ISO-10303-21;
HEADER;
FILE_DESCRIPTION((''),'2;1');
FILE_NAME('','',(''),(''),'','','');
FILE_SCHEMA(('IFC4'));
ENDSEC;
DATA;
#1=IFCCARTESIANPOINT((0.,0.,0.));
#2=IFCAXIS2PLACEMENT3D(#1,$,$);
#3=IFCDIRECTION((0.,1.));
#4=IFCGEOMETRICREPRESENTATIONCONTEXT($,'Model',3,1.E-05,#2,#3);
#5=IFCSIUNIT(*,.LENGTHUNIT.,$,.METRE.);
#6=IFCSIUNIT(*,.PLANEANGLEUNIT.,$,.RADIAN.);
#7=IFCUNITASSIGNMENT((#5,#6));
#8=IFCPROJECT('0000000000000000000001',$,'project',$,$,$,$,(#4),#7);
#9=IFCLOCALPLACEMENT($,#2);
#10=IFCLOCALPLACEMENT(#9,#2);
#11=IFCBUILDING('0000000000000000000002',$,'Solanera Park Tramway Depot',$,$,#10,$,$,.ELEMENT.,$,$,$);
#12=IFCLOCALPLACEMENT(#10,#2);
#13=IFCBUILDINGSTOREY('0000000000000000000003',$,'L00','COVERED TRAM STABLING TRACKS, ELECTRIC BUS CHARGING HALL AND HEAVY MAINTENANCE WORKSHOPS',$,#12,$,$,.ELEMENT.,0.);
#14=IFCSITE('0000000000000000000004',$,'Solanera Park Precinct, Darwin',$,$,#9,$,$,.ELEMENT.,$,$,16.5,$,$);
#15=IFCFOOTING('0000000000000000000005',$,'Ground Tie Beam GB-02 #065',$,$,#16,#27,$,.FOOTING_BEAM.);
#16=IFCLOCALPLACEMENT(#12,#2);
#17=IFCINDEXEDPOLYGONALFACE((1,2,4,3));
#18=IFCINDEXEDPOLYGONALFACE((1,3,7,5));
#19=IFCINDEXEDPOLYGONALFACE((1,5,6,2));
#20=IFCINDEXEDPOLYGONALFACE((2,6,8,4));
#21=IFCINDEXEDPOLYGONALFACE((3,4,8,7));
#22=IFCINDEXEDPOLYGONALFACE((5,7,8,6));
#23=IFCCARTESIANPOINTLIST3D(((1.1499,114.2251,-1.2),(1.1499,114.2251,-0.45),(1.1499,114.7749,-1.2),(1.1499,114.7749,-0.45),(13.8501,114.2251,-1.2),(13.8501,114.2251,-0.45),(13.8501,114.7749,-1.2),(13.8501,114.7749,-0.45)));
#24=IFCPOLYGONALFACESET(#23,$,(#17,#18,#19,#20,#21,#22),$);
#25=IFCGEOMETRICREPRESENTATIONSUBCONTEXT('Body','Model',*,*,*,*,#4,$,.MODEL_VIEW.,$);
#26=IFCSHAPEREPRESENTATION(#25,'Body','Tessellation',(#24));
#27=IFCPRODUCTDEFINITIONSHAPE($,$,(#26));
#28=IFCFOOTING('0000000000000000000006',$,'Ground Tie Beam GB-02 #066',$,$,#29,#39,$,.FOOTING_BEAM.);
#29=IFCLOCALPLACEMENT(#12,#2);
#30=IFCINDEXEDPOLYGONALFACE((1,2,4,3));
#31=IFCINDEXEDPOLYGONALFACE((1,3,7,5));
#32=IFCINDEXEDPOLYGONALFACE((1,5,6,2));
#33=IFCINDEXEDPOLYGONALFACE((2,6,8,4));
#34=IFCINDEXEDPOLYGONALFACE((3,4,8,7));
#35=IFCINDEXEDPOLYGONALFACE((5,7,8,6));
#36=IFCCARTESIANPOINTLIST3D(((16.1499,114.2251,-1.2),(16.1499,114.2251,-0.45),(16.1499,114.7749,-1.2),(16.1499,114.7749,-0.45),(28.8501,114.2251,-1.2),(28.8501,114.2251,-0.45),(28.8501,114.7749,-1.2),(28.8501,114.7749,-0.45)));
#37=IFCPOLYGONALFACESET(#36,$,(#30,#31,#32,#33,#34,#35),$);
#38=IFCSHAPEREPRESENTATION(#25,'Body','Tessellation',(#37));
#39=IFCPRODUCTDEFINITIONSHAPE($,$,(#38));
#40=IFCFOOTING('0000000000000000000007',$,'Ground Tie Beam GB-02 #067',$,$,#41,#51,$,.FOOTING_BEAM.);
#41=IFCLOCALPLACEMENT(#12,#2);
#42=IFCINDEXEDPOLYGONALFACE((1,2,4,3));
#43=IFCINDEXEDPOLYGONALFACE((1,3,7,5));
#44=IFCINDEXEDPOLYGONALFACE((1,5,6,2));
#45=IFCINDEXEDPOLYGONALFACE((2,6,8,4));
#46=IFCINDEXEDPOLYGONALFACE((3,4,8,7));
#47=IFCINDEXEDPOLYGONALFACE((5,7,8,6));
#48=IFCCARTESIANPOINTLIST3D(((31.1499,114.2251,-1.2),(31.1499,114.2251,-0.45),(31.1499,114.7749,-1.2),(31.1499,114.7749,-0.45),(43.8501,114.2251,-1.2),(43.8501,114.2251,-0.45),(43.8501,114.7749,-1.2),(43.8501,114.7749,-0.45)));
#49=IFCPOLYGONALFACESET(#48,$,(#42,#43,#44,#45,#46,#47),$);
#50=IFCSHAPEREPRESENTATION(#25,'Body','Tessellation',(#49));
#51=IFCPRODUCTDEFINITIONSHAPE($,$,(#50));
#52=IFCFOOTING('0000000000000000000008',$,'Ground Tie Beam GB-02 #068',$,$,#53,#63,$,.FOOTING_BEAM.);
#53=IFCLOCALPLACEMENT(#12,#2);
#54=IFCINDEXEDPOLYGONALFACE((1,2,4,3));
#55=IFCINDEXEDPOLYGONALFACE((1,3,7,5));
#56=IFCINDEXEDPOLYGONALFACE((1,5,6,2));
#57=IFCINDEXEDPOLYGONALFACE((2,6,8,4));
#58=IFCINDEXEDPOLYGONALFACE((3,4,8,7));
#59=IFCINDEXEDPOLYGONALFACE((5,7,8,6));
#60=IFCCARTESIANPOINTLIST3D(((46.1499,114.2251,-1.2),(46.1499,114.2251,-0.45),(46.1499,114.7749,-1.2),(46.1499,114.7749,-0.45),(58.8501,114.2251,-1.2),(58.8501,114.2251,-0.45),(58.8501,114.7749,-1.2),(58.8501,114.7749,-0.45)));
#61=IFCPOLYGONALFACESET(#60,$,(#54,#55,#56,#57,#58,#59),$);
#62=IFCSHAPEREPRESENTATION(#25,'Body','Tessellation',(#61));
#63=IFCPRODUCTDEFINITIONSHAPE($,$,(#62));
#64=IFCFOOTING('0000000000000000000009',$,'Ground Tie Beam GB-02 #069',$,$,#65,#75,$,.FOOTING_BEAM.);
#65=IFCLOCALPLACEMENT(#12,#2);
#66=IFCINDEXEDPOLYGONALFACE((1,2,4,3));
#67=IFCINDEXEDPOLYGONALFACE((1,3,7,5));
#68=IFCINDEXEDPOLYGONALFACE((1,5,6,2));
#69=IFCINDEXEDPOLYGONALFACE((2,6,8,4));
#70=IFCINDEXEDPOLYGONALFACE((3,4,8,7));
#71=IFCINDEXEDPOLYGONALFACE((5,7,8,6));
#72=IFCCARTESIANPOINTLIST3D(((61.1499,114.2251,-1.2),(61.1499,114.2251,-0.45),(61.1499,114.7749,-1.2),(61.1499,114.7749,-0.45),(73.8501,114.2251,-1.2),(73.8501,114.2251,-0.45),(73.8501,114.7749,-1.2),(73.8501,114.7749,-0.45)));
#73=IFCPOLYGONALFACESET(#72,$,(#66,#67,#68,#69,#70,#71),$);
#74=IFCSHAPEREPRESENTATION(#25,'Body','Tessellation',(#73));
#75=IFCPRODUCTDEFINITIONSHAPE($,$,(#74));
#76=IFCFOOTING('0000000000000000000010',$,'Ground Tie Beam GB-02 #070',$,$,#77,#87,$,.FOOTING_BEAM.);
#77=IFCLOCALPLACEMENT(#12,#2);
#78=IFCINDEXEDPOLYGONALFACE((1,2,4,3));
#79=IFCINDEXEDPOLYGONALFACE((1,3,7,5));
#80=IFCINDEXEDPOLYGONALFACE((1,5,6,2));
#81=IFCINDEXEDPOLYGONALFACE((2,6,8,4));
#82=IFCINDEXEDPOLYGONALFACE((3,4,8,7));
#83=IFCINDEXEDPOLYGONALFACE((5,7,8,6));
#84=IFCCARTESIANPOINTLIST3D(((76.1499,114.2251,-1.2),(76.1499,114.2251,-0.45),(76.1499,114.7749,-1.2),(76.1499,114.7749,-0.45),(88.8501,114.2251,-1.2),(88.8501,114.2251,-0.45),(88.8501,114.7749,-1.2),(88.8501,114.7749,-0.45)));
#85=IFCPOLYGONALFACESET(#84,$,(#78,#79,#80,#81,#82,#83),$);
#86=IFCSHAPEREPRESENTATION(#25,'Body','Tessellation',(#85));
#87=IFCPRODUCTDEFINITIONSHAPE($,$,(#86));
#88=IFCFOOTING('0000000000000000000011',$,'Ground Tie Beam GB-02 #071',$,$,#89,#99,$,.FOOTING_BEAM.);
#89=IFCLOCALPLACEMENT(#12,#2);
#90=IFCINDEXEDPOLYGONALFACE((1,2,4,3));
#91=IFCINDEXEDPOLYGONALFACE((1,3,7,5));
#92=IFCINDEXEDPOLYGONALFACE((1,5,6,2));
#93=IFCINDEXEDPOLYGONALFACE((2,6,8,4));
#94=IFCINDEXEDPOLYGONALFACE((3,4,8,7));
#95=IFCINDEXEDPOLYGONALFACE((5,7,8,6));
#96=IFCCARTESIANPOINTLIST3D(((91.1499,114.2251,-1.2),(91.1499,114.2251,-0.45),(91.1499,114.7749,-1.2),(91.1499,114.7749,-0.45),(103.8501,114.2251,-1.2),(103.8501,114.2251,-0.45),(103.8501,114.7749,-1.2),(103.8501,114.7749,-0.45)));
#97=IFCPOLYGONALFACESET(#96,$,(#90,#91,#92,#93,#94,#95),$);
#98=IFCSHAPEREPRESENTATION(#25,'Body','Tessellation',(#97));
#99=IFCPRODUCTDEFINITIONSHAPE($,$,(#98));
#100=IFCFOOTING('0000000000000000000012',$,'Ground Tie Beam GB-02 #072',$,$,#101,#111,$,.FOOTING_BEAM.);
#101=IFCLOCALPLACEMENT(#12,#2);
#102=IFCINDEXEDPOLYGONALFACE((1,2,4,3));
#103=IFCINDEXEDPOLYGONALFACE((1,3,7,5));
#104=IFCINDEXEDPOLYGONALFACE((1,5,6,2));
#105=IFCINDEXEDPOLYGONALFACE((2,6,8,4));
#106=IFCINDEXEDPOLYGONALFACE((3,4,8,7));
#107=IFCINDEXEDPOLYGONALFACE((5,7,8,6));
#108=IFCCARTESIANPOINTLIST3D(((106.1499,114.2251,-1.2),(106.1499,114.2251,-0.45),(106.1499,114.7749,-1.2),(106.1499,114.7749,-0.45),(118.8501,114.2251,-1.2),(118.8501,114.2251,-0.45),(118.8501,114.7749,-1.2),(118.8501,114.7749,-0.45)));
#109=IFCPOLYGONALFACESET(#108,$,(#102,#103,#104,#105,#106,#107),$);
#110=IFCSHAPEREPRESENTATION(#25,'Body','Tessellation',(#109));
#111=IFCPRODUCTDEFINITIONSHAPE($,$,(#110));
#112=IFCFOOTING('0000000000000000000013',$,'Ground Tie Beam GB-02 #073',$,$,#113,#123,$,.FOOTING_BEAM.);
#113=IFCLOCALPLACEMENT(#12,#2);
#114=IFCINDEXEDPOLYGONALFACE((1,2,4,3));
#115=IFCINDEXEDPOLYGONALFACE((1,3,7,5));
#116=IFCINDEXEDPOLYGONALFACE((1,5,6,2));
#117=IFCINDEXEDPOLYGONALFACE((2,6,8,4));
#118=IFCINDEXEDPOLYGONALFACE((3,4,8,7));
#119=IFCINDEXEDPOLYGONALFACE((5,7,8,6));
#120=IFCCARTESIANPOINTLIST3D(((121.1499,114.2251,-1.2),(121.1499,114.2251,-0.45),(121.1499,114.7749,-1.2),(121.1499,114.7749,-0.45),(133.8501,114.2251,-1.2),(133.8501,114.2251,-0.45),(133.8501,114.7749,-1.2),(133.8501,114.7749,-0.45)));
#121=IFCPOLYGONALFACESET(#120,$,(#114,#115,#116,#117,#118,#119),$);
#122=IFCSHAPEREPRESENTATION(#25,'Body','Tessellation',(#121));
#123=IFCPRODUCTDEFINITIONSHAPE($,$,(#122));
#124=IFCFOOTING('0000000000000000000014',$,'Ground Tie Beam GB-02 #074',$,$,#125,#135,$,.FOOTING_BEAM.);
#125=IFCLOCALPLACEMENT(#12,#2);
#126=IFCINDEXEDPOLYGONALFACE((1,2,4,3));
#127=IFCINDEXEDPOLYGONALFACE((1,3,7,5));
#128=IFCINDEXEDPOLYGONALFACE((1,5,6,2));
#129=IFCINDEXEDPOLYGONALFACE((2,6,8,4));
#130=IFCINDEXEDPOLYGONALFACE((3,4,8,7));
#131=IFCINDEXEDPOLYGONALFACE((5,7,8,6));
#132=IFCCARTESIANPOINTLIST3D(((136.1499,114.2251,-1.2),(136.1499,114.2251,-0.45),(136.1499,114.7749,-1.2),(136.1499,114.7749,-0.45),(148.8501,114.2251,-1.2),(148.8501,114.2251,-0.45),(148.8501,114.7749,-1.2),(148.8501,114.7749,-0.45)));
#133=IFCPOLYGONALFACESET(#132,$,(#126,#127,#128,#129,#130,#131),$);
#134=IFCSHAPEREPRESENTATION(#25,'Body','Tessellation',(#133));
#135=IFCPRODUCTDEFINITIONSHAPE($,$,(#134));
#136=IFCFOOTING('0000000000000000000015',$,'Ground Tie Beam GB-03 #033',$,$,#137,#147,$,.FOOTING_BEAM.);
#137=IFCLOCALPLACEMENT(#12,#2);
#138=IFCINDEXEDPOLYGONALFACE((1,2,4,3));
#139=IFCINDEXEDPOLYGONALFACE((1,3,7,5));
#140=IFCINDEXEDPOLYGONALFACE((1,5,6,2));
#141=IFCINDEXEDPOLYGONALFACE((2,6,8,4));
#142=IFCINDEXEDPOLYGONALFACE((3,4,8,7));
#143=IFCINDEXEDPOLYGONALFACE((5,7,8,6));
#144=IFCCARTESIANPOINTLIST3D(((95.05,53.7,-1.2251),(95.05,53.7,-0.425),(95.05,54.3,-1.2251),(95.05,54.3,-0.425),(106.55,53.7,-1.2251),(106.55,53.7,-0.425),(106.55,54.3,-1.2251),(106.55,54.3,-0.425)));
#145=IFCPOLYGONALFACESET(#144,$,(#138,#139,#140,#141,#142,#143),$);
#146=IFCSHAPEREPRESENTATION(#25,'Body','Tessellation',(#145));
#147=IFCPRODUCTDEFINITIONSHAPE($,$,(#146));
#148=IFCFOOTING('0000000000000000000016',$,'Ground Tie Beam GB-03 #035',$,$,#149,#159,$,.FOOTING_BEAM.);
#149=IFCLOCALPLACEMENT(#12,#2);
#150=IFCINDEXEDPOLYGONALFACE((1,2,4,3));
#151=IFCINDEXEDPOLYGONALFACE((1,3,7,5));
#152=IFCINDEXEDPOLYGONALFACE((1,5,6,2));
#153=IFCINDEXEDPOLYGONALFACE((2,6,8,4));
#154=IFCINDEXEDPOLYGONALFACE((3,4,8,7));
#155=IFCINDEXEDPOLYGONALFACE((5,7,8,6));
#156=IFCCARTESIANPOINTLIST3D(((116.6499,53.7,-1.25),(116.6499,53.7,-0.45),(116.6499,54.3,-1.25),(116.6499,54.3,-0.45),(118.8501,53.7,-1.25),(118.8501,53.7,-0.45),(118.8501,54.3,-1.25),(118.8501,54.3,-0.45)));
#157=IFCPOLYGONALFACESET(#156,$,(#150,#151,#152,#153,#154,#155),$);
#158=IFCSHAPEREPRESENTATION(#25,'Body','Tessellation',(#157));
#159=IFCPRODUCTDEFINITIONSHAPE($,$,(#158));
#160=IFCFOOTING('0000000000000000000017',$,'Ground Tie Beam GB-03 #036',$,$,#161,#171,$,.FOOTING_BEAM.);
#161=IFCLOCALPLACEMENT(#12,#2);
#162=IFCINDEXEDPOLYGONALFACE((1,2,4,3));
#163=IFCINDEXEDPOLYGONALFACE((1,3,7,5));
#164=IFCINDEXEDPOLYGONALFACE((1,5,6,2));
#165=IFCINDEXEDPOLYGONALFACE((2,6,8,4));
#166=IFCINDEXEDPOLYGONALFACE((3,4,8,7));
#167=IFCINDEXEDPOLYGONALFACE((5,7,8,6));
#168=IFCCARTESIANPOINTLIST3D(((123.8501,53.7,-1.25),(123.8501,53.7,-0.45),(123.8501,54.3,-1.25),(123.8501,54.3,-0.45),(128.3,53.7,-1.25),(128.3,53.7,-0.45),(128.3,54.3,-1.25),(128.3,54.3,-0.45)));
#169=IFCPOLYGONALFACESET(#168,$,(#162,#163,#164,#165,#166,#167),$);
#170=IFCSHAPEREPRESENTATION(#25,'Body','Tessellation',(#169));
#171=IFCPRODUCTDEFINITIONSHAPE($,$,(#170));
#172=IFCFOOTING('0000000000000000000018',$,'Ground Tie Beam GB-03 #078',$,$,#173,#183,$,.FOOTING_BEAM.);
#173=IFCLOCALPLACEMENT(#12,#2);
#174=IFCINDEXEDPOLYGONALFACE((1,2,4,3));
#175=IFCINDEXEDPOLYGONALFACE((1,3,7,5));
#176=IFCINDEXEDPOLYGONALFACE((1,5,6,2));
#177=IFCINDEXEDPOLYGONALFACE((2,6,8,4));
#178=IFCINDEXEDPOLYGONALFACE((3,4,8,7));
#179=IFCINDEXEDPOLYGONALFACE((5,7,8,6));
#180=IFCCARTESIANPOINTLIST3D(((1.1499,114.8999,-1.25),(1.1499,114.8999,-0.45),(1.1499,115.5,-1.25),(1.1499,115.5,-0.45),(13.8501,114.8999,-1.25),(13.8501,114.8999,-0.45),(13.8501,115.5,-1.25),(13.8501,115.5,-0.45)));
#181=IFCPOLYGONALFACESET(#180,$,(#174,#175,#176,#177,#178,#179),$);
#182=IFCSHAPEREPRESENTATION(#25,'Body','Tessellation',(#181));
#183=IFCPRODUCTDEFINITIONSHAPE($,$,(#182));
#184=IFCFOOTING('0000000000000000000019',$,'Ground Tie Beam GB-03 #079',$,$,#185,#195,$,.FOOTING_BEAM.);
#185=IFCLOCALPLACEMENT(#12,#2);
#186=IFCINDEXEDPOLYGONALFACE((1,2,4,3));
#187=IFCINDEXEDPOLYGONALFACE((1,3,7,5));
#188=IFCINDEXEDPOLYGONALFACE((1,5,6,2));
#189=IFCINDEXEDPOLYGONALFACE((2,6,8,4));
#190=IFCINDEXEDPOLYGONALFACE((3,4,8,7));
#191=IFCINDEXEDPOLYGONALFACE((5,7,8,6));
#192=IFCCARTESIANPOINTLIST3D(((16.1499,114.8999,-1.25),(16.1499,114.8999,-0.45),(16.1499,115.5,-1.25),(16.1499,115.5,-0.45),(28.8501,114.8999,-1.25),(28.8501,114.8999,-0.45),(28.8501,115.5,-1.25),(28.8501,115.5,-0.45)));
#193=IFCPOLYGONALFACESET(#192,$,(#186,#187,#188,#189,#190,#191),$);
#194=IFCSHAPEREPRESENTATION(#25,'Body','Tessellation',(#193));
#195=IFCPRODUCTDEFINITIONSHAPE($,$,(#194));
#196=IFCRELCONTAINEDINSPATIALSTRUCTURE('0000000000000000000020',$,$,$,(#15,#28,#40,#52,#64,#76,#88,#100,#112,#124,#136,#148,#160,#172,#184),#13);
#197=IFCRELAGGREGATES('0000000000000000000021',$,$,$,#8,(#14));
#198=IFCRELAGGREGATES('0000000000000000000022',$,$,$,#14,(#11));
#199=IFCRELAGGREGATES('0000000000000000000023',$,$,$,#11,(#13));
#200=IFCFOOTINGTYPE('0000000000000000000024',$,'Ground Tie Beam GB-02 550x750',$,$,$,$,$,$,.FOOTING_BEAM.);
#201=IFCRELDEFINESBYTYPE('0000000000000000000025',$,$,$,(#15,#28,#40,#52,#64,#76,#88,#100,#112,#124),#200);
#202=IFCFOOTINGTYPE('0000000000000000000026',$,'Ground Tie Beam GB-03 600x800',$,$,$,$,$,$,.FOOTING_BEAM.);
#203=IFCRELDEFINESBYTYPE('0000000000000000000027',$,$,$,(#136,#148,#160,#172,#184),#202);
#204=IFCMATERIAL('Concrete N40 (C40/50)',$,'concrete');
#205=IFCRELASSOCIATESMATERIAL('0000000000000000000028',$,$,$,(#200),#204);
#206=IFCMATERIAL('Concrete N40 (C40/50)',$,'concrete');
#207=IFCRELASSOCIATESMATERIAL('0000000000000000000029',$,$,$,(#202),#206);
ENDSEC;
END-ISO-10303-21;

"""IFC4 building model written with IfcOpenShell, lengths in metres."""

from ifc_helpers import new_model, si_unit, direction, frame, origin, place, context, subcontext, project, spatial, polyline, outline, extrude, material, type_object, element, save


model = new_model("IFC4")

# Units and contexts
model_context = context("Model", 3, precision=1e-05, world=origin(), true_north=direction((0.0, 1.0)))
body_context = subcontext(model_context, "Body", "Model", "MODEL_VIEW")
ifc_project = project(units=[si_unit("LENGTHUNIT", "METRE"), si_unit("PLANEANGLEUNIT", "RADIAN")], contexts=[model_context])

# Site, building, storey
site_placement = place(None, origin())
site = spatial("IfcSite", under=ifc_project, at=site_placement, Name="Solanera Park Precinct, Darwin", CompositionType="ELEMENT", RefElevation=16.5)
building_placement = place(site_placement, origin())
building = spatial("IfcBuilding", under=site, at=building_placement, Name="Solanera Park Tramway Depot", CompositionType="ELEMENT")
storey_placement = place(building_placement, origin())
storey = spatial("IfcBuildingStorey", under=building, at=storey_placement, Name="L00", Description="COVERED TRAM STABLING TRACKS, ELECTRIC BUS CHARGING HALL AND HEAVY MAINTENANCE WORKSHOPS", CompositionType="ELEMENT", Elevation=0.0)

# Footings
ifc_material_1 = material(Name="Concrete N40 (C40/50)", Category="concrete")
footing_type_1 = type_object("IfcFootingType", Name="Ground Tie Beam GB-02 550x750", PredefinedType="FOOTING_BEAM", material=ifc_material_1)
footing_1_placement = place(storey_placement, frame((0.0, 0.0, -1.2)))
element("IfcFooting", 1, at=footing_1_placement, inside=storey, type_object=footing_type_1, Name="Ground Tie Beam GB-02 #065", PredefinedType="FOOTING_BEAM", context=body_context, shape_type="SweptSolid", body=[
    extrude(outline(polyline([(13.8501, 114.2251), (13.8501, 114.7749), (1.1499, 114.7749), (1.1499, 114.2251), (13.8501, 114.2251)])), origin(), (0.0, 0.0, 1.0), 0.75),
])
footing_2_placement = place(storey_placement, frame((0.0, 0.0, -1.2)))
element("IfcFooting", 2, at=footing_2_placement, inside=storey, type_object=footing_type_1, Name="Ground Tie Beam GB-02 #066", PredefinedType="FOOTING_BEAM", context=body_context, shape_type="SweptSolid", body=[
    extrude(outline(polyline([(28.8501, 114.2251), (28.8501, 114.7749), (16.1499, 114.7749), (16.1499, 114.2251), (28.8501, 114.2251)])), origin(), (0.0, 0.0, 1.0), 0.75),
])
footing_3_placement = place(storey_placement, frame((0.0, 0.0, -1.2)))
element("IfcFooting", 3, at=footing_3_placement, inside=storey, type_object=footing_type_1, Name="Ground Tie Beam GB-02 #067", PredefinedType="FOOTING_BEAM", context=body_context, shape_type="SweptSolid", body=[
    extrude(outline(polyline([(43.8501, 114.2251), (43.8501, 114.7749), (31.1499, 114.7749), (31.1499, 114.2251), (43.8501, 114.2251)])), origin(), (0.0, 0.0, 1.0), 0.75),
])
footing_4_placement = place(storey_placement, frame((0.0, 0.0, -1.2)))
element("IfcFooting", 4, at=footing_4_placement, inside=storey, type_object=footing_type_1, Name="Ground Tie Beam GB-02 #068", PredefinedType="FOOTING_BEAM", context=body_context, shape_type="SweptSolid", body=[
    extrude(outline(polyline([(58.8501, 114.2251), (58.8501, 114.7749), (46.1499, 114.7749), (46.1499, 114.2251), (58.8501, 114.2251)])), origin(), (0.0, 0.0, 1.0), 0.75),
])
footing_5_placement = place(storey_placement, frame((0.0, 0.0, -1.2)))
element("IfcFooting", 5, at=footing_5_placement, inside=storey, type_object=footing_type_1, Name="Ground Tie Beam GB-02 #069", PredefinedType="FOOTING_BEAM", context=body_context, shape_type="SweptSolid", body=[
    extrude(outline(polyline([(73.8501, 114.2251), (73.8501, 114.7749), (61.1499, 114.7749), (61.1499, 114.2251), (73.8501, 114.2251)])), origin(), (0.0, 0.0, 1.0), 0.75),
])
footing_6_placement = place(storey_placement, frame((0.0, 0.0, -1.2)))
element("IfcFooting", 6, at=footing_6_placement, inside=storey, type_object=footing_type_1, Name="Ground Tie Beam GB-02 #070", PredefinedType="FOOTING_BEAM", context=body_context, shape_type="SweptSolid", body=[
    extrude(outline(polyline([(88.8501, 114.2251), (88.8501, 114.7749), (76.1499, 114.7749), (76.1499, 114.2251), (88.8501, 114.2251)])), origin(), (0.0, 0.0, 1.0), 0.75),
])
footing_7_placement = place(storey_placement, frame((0.0, 0.0, -1.2)))
element("IfcFooting", 7, at=footing_7_placement, inside=storey, type_object=footing_type_1, Name="Ground Tie Beam GB-02 #071", PredefinedType="FOOTING_BEAM", context=body_context, shape_type="SweptSolid", body=[
    extrude(outline(polyline([(103.8501, 114.2251), (103.8501, 114.7749), (91.1499, 114.7749), (91.1499, 114.2251), (103.8501, 114.2251)])), origin(), (0.0, 0.0, 1.0), 0.75),
])
footing_8_placement = place(storey_placement, frame((0.0, 0.0, -1.2)))
element("IfcFooting", 8, at=footing_8_placement, inside=storey, type_object=footing_type_1, Name="Ground Tie Beam GB-02 #072", PredefinedType="FOOTING_BEAM", context=body_context, shape_type="SweptSolid", body=[
    extrude(outline(polyline([(118.8501, 114.2251), (118.8501, 114.7749), (106.1499, 114.7749), (106.1499, 114.2251), (118.8501, 114.2251)])), origin(), (0.0, 0.0, 1.0), 0.75),
])
footing_9_placement = place(storey_placement, frame((0.0, 0.0, -1.2)))
element("IfcFooting", 9, at=footing_9_placement, inside=storey, type_object=footing_type_1, Name="Ground Tie Beam GB-02 #073", PredefinedType="FOOTING_BEAM", context=body_context, shape_type="SweptSolid", body=[
    extrude(outline(polyline([(133.8501, 114.2251), (133.8501, 114.7749), (121.1499, 114.7749), (121.1499, 114.2251), (133.8501, 114.2251)])), origin(), (0.0, 0.0, 1.0), 0.75),
])
footing_10_placement = place(storey_placement, frame((0.0, 0.0, -1.2)))
element("IfcFooting", 10, at=footing_10_placement, inside=storey, type_object=footing_type_1, Name="Ground Tie Beam GB-02 #074", PredefinedType="FOOTING_BEAM", context=body_context, shape_type="SweptSolid", body=[
    extrude(outline(polyline([(148.8501, 114.2251), (148.8501, 114.7749), (136.1499, 114.7749), (136.1499, 114.2251), (148.8501, 114.2251)])), origin(), (0.0, 0.0, 1.0), 0.75),
])
ifc_material_2 = material(Name="Concrete N40 (C40/50)", Category="concrete")
footing_type_2 = type_object("IfcFootingType", Name="Ground Tie Beam GB-03 600x800", PredefinedType="FOOTING_BEAM", material=ifc_material_2)
footing_11_placement = place(storey_placement, frame((0.0, 0.0, -1.2251)))
element("IfcFooting", 11, at=footing_11_placement, inside=storey, type_object=footing_type_2, Name="Ground Tie Beam GB-03 #033", PredefinedType="FOOTING_BEAM", context=body_context, shape_type="SweptSolid", body=[
    extrude(outline(polyline([(106.55, 53.7), (106.55, 54.3), (95.05, 54.3), (95.05, 53.7), (106.55, 53.7)])), origin(), (0.0, 0.0, 1.0), 0.8),
])
footing_12_placement = place(storey_placement, frame((0.0, 0.0, -1.25)))
element("IfcFooting", 12, at=footing_12_placement, inside=storey, type_object=footing_type_2, Name="Ground Tie Beam GB-03 #035", PredefinedType="FOOTING_BEAM", context=body_context, shape_type="SweptSolid", body=[
    extrude(outline(polyline([(118.8501, 53.7), (118.8501, 54.3), (116.6499, 54.3), (116.6499, 53.7), (118.8501, 53.7)])), origin(), (0.0, 0.0, 1.0), 0.8),
])
footing_13_placement = place(storey_placement, frame((0.0, 0.0, -1.25)))
element("IfcFooting", 13, at=footing_13_placement, inside=storey, type_object=footing_type_2, Name="Ground Tie Beam GB-03 #036", PredefinedType="FOOTING_BEAM", context=body_context, shape_type="SweptSolid", body=[
    extrude(outline(polyline([(128.3, 53.7), (128.3, 54.3), (123.8501, 54.3), (123.8501, 53.7), (128.3, 53.7)])), origin(), (0.0, 0.0, 1.0), 0.8),
])
footing_14_placement = place(storey_placement, frame((0.0, 0.0, -1.25)))
element("IfcFooting", 14, at=footing_14_placement, inside=storey, type_object=footing_type_2, Name="Ground Tie Beam GB-03 #078", PredefinedType="FOOTING_BEAM", context=body_context, shape_type="SweptSolid", body=[
    extrude(outline(polyline([(13.8501, 114.8999), (13.8501, 115.5), (1.1499, 115.5), (1.1499, 114.8999), (13.8501, 114.8999)])), origin(), (0.0, 0.0, 1.0), 0.8),
])
footing_15_placement = place(storey_placement, frame((0.0, 0.0, -1.25)))
element("IfcFooting", 15, at=footing_15_placement, inside=storey, type_object=footing_type_2, Name="Ground Tie Beam GB-03 #079", PredefinedType="FOOTING_BEAM", context=body_context, shape_type="SweptSolid", body=[
    extrude(outline(polyline([(28.8501, 114.8999), (28.8501, 115.5), (16.1499, 115.5), (16.1499, 114.8999), (28.8501, 114.8999)])), origin(), (0.0, 0.0, 1.0), 0.8),
])

save(model, "model.ifc")
